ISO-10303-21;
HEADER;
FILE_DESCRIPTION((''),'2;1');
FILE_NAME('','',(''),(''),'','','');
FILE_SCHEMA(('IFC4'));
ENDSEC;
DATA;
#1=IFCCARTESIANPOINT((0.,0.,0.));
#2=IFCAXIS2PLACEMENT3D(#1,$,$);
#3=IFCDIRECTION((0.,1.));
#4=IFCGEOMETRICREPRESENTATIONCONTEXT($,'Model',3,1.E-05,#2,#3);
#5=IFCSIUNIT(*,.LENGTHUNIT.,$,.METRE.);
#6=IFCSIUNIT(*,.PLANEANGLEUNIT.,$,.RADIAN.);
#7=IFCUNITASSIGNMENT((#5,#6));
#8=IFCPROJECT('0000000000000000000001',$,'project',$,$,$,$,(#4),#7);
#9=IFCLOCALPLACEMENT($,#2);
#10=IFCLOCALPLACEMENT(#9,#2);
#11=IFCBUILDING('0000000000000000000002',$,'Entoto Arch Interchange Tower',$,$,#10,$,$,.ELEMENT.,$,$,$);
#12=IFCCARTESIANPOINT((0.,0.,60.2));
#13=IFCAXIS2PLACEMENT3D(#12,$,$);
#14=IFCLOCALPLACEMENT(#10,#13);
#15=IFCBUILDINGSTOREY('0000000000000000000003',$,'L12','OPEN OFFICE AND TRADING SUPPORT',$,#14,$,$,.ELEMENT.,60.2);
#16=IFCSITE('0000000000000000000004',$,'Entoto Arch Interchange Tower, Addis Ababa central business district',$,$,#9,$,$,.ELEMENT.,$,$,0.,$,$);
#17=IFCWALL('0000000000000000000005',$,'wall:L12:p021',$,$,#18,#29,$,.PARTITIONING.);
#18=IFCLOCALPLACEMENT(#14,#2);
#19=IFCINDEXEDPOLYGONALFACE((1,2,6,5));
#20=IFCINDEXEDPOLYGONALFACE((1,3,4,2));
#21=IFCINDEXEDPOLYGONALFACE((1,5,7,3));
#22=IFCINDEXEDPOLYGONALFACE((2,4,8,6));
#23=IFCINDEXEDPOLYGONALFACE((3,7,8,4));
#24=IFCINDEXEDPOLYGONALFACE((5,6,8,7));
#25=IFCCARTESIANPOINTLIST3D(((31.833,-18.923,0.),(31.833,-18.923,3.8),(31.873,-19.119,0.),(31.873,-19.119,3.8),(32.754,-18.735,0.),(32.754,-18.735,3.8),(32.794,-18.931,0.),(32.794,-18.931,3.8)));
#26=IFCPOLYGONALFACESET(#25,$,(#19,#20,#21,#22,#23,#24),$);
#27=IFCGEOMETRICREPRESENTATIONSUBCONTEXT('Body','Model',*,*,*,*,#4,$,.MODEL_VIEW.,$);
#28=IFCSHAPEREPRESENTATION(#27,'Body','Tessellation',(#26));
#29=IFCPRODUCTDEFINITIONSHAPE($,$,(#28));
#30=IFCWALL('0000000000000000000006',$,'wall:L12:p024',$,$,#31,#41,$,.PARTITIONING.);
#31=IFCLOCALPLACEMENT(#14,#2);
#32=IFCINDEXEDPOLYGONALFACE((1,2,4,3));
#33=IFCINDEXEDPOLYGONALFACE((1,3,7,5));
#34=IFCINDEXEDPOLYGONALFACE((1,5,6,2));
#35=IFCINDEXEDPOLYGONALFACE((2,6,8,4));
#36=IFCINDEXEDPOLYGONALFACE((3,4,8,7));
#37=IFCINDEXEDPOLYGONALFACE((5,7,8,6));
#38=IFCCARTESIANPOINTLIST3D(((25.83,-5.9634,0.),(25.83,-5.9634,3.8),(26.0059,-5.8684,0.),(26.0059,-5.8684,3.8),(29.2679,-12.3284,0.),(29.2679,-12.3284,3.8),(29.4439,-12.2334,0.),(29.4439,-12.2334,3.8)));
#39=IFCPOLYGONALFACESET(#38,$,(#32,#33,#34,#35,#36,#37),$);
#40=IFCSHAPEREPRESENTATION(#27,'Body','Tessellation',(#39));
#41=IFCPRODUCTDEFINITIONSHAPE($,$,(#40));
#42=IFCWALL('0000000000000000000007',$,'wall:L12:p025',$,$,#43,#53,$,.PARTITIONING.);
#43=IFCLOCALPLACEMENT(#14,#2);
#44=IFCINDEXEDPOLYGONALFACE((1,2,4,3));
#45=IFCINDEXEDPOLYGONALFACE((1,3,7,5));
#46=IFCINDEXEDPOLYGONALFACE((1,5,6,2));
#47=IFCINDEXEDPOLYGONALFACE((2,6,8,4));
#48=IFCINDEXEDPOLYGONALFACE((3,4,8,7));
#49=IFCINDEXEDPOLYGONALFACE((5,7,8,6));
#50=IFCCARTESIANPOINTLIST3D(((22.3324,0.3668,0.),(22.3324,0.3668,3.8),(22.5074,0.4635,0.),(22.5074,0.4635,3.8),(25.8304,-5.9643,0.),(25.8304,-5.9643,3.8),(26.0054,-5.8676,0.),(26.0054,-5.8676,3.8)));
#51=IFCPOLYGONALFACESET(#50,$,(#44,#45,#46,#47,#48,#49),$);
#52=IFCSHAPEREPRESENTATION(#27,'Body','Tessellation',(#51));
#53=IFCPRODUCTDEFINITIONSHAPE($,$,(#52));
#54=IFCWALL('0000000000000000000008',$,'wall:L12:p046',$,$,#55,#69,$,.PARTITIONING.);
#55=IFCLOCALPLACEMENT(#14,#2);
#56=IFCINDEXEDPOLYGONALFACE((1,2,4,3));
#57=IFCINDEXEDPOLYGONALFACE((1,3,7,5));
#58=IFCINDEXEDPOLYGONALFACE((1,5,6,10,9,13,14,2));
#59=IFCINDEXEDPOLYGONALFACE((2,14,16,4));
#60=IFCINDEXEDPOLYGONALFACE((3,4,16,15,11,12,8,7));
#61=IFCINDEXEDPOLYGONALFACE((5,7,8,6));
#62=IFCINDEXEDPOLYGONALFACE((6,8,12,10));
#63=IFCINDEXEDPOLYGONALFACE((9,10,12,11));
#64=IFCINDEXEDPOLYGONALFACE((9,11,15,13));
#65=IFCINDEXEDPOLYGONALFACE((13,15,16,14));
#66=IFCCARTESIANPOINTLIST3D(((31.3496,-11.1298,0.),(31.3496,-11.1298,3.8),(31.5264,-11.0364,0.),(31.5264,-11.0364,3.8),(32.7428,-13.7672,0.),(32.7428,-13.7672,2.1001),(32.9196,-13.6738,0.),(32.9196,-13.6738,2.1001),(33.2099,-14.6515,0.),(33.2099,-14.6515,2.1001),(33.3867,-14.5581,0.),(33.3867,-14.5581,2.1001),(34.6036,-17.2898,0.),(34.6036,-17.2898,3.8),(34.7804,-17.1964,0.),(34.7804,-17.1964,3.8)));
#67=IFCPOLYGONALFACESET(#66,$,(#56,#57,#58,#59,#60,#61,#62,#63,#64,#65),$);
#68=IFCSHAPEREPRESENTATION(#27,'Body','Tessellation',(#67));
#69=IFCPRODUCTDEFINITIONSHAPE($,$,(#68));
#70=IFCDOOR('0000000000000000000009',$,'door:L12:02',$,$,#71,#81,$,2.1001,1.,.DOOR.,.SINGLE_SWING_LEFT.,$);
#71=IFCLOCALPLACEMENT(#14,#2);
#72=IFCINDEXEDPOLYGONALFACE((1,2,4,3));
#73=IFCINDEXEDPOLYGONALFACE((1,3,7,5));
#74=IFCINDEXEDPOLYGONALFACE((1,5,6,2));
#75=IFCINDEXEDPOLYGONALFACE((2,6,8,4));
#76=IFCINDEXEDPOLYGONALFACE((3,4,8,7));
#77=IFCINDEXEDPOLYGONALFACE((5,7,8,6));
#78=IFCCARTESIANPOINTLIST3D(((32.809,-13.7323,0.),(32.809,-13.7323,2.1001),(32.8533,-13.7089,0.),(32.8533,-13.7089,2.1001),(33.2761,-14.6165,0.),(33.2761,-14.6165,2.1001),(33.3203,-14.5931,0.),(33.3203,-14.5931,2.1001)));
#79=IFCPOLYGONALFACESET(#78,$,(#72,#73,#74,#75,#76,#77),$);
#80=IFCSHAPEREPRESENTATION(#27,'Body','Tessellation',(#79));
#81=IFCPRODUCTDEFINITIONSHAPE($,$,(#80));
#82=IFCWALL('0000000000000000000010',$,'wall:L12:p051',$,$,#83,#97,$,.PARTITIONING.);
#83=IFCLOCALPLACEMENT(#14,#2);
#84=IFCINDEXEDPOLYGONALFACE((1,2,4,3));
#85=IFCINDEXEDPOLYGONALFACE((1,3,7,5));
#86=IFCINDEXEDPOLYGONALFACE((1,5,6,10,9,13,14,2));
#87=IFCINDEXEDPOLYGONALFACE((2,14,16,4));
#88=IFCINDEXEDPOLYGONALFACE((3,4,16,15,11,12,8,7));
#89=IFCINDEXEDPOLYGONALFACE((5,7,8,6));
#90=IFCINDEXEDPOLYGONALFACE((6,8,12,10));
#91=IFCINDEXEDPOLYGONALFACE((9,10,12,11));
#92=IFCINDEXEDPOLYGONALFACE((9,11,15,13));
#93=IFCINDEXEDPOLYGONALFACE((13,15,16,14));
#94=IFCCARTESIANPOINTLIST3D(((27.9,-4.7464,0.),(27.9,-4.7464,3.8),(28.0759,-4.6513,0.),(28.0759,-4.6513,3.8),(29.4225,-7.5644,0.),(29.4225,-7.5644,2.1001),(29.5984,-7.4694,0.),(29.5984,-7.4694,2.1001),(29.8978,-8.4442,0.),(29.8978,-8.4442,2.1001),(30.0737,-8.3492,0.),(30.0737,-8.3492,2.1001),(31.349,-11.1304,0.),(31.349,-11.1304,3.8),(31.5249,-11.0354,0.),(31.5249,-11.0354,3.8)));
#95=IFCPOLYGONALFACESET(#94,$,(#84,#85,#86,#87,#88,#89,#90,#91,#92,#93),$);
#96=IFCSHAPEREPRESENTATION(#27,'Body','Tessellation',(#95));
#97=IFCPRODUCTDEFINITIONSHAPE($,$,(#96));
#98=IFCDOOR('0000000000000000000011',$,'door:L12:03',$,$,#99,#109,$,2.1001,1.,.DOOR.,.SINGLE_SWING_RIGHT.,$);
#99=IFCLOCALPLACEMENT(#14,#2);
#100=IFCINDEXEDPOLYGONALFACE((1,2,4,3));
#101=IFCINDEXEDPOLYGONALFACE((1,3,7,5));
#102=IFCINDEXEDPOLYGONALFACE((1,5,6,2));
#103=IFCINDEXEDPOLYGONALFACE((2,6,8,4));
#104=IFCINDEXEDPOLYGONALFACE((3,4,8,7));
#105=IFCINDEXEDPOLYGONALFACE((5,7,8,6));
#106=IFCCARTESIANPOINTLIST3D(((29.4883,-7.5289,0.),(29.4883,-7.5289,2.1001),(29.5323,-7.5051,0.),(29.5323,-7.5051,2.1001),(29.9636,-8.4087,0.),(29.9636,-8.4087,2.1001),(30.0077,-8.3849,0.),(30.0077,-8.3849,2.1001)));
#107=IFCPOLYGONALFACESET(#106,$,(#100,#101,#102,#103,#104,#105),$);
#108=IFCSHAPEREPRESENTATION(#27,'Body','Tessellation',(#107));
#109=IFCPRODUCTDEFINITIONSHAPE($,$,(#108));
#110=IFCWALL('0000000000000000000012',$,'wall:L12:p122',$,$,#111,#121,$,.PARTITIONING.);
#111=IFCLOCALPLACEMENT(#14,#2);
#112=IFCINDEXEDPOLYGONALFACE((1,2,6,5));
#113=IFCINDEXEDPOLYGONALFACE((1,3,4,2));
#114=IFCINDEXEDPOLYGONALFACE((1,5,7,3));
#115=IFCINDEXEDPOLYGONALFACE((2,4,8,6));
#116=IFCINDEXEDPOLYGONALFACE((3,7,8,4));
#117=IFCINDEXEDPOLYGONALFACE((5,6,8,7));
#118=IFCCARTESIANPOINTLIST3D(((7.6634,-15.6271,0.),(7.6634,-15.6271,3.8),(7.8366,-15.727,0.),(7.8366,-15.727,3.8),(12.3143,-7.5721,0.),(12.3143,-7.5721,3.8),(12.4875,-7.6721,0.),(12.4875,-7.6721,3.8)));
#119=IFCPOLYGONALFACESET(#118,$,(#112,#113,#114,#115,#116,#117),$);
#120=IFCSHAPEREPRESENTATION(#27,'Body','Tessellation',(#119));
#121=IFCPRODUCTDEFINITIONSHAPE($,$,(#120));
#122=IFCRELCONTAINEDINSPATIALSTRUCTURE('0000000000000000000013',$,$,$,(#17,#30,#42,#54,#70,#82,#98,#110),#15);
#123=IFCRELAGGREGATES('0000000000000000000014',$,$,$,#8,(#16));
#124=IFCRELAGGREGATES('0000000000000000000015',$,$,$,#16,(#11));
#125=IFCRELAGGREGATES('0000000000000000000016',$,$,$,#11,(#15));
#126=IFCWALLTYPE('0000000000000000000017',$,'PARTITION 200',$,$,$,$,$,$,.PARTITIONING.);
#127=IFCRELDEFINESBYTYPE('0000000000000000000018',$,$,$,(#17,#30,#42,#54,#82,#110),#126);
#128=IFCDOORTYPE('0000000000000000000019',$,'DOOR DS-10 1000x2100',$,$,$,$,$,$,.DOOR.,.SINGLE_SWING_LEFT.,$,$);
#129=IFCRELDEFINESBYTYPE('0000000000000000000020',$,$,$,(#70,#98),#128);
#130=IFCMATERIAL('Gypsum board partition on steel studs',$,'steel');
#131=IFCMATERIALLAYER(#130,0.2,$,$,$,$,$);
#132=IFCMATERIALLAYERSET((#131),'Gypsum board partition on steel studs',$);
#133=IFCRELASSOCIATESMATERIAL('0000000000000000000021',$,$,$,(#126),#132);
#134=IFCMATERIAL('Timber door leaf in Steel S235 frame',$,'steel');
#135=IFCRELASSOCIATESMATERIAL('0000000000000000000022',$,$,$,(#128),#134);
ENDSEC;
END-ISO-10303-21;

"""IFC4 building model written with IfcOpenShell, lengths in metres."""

from ifc_helpers import new_model, si_unit, direction, frame, frame_2d, origin, place, context, subcontext, project, spatial, rectangle, extrude, material, layer, layer_set, type_object, element, fill, save


model = new_model("IFC4")

# Units and contexts
model_context = context("Model", 3, precision=1e-05, world=origin(), true_north=direction((0.0, 1.0)))
body_context = subcontext(model_context, "Body", "Model", "MODEL_VIEW")
ifc_project = project(units=[si_unit("LENGTHUNIT", "METRE"), si_unit("PLANEANGLEUNIT", "RADIAN")], contexts=[model_context])

# Site, building, storey
site_placement = place(None, origin())
site = spatial("IfcSite", under=ifc_project, at=site_placement, Name="Entoto Arch Interchange Tower, Addis Ababa central business district", CompositionType="ELEMENT", RefElevation=0.0)
building_placement = place(site_placement, origin())
building = spatial("IfcBuilding", under=site, at=building_placement, Name="Entoto Arch Interchange Tower", CompositionType="ELEMENT")
storey_placement = place(building_placement, frame((0.0, 0.0, 60.2)))
storey = spatial("IfcBuildingStorey", under=building, at=storey_placement, Name="L12", Description="OPEN OFFICE AND TRADING SUPPORT", CompositionType="ELEMENT", Elevation=60.2)

# Walls
ifc_material_1 = material(Name="Gypsum board partition on steel studs", Category="steel")
ifc_layer_1 = layer(ifc_material_1, 0.2)
ifc_layer_set_1 = layer_set([ifc_layer_1], Name="Gypsum board partition on steel studs")
wall_type_1 = type_object("IfcWallType", Name="PARTITION 200", PredefinedType="PARTITIONING", material=ifc_layer_set_1)
wall_1_placement = place(storey_placement, frame((31.853, -19.021, 0.0), z_axis=(0.0, 0.0, 1.0), x_axis=(0.979794, 0.200011, 0.0)))
element("IfcWall", 1, at=wall_1_placement, inside=storey, type_object=wall_type_1, Name="wall:L12:p021", PredefinedType="PARTITIONING", context=body_context, shape_type="SweptSolid", body=[
    extrude(rectangle(XDim=0.9399, YDim=0.2, at=frame_2d((0.47, 0.0))), origin(), (0.0, 0.0, 1.0), 3.8),
])
wall_2_placement = place(storey_placement, frame((29.356, -12.281, 0.0), z_axis=(0.0, 0.0, 1.0), x_axis=(-0.475245, 0.879854, 0.0)))
element("IfcWall", 2, at=wall_2_placement, inside=storey, type_object=wall_type_1, Name="wall:L12:p024", PredefinedType="PARTITIONING", context=body_context, shape_type="SweptSolid", body=[
    extrude(rectangle(XDim=7.2341, YDim=0.2, at=frame_2d((3.6172, 0.0))), origin(), (0.0, 0.0, 1.0), 3.8),
])
wall_3_placement = place(storey_placement, frame((25.918, -5.916, 0.0), z_axis=(0.0, 0.0, 1.0), x_axis=(-0.483613, 0.875282, 0.0)))
element("IfcWall", 3, at=wall_3_placement, inside=storey, type_object=wall_type_1, Name="wall:L12:p025", PredefinedType="PARTITIONING", context=body_context, shape_type="SweptSolid", body=[
    extrude(rectangle(XDim=7.2332, YDim=0.2, at=frame_2d((3.6167, 0.0))), origin(), (0.0, 0.0, 1.0), 3.8),
])

# Walls, openings, doors
wall_4_placement = place(storey_placement, frame((31.438, -11.083, 0.0), z_axis=(0.0, 0.0, 1.0), x_axis=(0.467078, -0.884216, 0.0)))
wall_4 = element("IfcWall", 4, at=wall_4_placement, inside=storey, type_object=wall_type_1, Name="wall:L12:p046", PredefinedType="PARTITIONING", context=body_context, shape_type="SweptSolid", body=[
    extrude(rectangle(XDim=6.9666, YDim=0.2, at=frame_2d((3.4834, 0.0))), origin(), (0.0, 0.0, 1.0), 3.8),
])
opening_1_placement = place(wall_4_placement, frame((2.9829, 0.0, 0.0)))
opening_1 = element("IfcOpeningElement", 5, at=opening_1_placement, cuts=wall_4, PredefinedType="OPENING", context=body_context, shape_type="SweptSolid", body=[
    extrude(rectangle(XDim=1.0, YDim=2.1001, at=frame_2d((0.5, 1.05))), frame((0.0, 0.1099, 0.0), z_axis=(0.0, -1.0, 0.0), x_axis=(1.0, 0.0, 0.0)), (0.0, 0.0, 1.0), 0.22),
])
ifc_material_2 = material(Name="Timber door leaf in Steel S235 frame", Category="steel")
door_type_1 = type_object("IfcDoorType", Name="DOOR DS-10 1000x2100", OperationType="SINGLE_SWING_LEFT", PredefinedType="DOOR", material=ifc_material_2)
door_1_placement = place(opening_1_placement, origin())
door_1 = element("IfcDoor", 6, at=door_1_placement, inside=storey, type_object=door_type_1, Name="door:L12:02", OperationType="SINGLE_SWING_LEFT", OverallHeight=2.1001, OverallWidth=1.0, PredefinedType="DOOR", context=body_context, shape_type="SweptSolid", body=[
    extrude(rectangle(XDim=1.0, YDim=2.1001, at=frame_2d((0.5, 1.05))), frame((0.0, 0.0249, 0.0), z_axis=(0.0, -1.0, 0.0), x_axis=(1.0, 0.0, 0.0)), (0.0, 0.0, 1.0), 0.05),
])
fill(opening_1, door_1)
wall_5_placement = place(storey_placement, frame((27.988, -4.699, 0.0), z_axis=(0.0, 0.0, 1.0), x_axis=(0.475319, -0.879813, 0.0)))
wall_5 = element("IfcWall", 7, at=wall_5_placement, inside=storey, type_object=wall_type_1, Name="wall:L12:p051", PredefinedType="PARTITIONING", context=body_context, shape_type="SweptSolid", body=[
    extrude(rectangle(XDim=7.2561, YDim=0.2, at=frame_2d((3.6279, 0.0))), origin(), (0.0, 0.0, 1.0), 3.8),
])
opening_2_placement = place(wall_5_placement, frame((3.2029, 0.0, 0.0)))
opening_2 = element("IfcOpeningElement", 8, at=opening_2_placement, cuts=wall_5, PredefinedType="OPENING", context=body_context, shape_type="SweptSolid", body=[
    extrude(rectangle(XDim=1.0, YDim=2.1001, at=frame_2d((0.5, 1.05))), frame((0.0, 0.1099, 0.0), z_axis=(0.0, -1.0, 0.0), x_axis=(1.0, 0.0, 0.0)), (0.0, 0.0, 1.0), 0.22),
])
door_2_placement = place(opening_2_placement, origin())
door_2 = element("IfcDoor", 9, at=door_2_placement, inside=storey, type_object=door_type_1, Name="door:L12:03", OperationType="SINGLE_SWING_RIGHT", OverallHeight=2.1001, OverallWidth=1.0, PredefinedType="DOOR", context=body_context, shape_type="SweptSolid", body=[
    extrude(rectangle(XDim=1.0, YDim=2.1001, at=frame_2d((0.5, 1.05))), frame((0.0, 0.0249, 0.0), z_axis=(0.0, -1.0, 0.0), x_axis=(1.0, 0.0, 0.0)), (0.0, 0.0, 1.0), 0.05),
])
fill(opening_2, door_2)

# Wall
wall_6_placement = place(storey_placement, frame((12.4009, -7.6221, 0.0), z_axis=(0.0, 0.0, 1.0), x_axis=(-0.500029, -0.866009, 0.0)))
element("IfcWall", 10, at=wall_6_placement, inside=storey, type_object=wall_type_1, Name="wall:L12:p122", PredefinedType="PARTITIONING", context=body_context, shape_type="SweptSolid", body=[
    extrude(rectangle(XDim=9.3013, YDim=0.2, at=frame_2d((4.6506, 0.0))), origin(), (0.0, 0.0, 1.0), 3.8),
])

save(model, "model.ifc")
